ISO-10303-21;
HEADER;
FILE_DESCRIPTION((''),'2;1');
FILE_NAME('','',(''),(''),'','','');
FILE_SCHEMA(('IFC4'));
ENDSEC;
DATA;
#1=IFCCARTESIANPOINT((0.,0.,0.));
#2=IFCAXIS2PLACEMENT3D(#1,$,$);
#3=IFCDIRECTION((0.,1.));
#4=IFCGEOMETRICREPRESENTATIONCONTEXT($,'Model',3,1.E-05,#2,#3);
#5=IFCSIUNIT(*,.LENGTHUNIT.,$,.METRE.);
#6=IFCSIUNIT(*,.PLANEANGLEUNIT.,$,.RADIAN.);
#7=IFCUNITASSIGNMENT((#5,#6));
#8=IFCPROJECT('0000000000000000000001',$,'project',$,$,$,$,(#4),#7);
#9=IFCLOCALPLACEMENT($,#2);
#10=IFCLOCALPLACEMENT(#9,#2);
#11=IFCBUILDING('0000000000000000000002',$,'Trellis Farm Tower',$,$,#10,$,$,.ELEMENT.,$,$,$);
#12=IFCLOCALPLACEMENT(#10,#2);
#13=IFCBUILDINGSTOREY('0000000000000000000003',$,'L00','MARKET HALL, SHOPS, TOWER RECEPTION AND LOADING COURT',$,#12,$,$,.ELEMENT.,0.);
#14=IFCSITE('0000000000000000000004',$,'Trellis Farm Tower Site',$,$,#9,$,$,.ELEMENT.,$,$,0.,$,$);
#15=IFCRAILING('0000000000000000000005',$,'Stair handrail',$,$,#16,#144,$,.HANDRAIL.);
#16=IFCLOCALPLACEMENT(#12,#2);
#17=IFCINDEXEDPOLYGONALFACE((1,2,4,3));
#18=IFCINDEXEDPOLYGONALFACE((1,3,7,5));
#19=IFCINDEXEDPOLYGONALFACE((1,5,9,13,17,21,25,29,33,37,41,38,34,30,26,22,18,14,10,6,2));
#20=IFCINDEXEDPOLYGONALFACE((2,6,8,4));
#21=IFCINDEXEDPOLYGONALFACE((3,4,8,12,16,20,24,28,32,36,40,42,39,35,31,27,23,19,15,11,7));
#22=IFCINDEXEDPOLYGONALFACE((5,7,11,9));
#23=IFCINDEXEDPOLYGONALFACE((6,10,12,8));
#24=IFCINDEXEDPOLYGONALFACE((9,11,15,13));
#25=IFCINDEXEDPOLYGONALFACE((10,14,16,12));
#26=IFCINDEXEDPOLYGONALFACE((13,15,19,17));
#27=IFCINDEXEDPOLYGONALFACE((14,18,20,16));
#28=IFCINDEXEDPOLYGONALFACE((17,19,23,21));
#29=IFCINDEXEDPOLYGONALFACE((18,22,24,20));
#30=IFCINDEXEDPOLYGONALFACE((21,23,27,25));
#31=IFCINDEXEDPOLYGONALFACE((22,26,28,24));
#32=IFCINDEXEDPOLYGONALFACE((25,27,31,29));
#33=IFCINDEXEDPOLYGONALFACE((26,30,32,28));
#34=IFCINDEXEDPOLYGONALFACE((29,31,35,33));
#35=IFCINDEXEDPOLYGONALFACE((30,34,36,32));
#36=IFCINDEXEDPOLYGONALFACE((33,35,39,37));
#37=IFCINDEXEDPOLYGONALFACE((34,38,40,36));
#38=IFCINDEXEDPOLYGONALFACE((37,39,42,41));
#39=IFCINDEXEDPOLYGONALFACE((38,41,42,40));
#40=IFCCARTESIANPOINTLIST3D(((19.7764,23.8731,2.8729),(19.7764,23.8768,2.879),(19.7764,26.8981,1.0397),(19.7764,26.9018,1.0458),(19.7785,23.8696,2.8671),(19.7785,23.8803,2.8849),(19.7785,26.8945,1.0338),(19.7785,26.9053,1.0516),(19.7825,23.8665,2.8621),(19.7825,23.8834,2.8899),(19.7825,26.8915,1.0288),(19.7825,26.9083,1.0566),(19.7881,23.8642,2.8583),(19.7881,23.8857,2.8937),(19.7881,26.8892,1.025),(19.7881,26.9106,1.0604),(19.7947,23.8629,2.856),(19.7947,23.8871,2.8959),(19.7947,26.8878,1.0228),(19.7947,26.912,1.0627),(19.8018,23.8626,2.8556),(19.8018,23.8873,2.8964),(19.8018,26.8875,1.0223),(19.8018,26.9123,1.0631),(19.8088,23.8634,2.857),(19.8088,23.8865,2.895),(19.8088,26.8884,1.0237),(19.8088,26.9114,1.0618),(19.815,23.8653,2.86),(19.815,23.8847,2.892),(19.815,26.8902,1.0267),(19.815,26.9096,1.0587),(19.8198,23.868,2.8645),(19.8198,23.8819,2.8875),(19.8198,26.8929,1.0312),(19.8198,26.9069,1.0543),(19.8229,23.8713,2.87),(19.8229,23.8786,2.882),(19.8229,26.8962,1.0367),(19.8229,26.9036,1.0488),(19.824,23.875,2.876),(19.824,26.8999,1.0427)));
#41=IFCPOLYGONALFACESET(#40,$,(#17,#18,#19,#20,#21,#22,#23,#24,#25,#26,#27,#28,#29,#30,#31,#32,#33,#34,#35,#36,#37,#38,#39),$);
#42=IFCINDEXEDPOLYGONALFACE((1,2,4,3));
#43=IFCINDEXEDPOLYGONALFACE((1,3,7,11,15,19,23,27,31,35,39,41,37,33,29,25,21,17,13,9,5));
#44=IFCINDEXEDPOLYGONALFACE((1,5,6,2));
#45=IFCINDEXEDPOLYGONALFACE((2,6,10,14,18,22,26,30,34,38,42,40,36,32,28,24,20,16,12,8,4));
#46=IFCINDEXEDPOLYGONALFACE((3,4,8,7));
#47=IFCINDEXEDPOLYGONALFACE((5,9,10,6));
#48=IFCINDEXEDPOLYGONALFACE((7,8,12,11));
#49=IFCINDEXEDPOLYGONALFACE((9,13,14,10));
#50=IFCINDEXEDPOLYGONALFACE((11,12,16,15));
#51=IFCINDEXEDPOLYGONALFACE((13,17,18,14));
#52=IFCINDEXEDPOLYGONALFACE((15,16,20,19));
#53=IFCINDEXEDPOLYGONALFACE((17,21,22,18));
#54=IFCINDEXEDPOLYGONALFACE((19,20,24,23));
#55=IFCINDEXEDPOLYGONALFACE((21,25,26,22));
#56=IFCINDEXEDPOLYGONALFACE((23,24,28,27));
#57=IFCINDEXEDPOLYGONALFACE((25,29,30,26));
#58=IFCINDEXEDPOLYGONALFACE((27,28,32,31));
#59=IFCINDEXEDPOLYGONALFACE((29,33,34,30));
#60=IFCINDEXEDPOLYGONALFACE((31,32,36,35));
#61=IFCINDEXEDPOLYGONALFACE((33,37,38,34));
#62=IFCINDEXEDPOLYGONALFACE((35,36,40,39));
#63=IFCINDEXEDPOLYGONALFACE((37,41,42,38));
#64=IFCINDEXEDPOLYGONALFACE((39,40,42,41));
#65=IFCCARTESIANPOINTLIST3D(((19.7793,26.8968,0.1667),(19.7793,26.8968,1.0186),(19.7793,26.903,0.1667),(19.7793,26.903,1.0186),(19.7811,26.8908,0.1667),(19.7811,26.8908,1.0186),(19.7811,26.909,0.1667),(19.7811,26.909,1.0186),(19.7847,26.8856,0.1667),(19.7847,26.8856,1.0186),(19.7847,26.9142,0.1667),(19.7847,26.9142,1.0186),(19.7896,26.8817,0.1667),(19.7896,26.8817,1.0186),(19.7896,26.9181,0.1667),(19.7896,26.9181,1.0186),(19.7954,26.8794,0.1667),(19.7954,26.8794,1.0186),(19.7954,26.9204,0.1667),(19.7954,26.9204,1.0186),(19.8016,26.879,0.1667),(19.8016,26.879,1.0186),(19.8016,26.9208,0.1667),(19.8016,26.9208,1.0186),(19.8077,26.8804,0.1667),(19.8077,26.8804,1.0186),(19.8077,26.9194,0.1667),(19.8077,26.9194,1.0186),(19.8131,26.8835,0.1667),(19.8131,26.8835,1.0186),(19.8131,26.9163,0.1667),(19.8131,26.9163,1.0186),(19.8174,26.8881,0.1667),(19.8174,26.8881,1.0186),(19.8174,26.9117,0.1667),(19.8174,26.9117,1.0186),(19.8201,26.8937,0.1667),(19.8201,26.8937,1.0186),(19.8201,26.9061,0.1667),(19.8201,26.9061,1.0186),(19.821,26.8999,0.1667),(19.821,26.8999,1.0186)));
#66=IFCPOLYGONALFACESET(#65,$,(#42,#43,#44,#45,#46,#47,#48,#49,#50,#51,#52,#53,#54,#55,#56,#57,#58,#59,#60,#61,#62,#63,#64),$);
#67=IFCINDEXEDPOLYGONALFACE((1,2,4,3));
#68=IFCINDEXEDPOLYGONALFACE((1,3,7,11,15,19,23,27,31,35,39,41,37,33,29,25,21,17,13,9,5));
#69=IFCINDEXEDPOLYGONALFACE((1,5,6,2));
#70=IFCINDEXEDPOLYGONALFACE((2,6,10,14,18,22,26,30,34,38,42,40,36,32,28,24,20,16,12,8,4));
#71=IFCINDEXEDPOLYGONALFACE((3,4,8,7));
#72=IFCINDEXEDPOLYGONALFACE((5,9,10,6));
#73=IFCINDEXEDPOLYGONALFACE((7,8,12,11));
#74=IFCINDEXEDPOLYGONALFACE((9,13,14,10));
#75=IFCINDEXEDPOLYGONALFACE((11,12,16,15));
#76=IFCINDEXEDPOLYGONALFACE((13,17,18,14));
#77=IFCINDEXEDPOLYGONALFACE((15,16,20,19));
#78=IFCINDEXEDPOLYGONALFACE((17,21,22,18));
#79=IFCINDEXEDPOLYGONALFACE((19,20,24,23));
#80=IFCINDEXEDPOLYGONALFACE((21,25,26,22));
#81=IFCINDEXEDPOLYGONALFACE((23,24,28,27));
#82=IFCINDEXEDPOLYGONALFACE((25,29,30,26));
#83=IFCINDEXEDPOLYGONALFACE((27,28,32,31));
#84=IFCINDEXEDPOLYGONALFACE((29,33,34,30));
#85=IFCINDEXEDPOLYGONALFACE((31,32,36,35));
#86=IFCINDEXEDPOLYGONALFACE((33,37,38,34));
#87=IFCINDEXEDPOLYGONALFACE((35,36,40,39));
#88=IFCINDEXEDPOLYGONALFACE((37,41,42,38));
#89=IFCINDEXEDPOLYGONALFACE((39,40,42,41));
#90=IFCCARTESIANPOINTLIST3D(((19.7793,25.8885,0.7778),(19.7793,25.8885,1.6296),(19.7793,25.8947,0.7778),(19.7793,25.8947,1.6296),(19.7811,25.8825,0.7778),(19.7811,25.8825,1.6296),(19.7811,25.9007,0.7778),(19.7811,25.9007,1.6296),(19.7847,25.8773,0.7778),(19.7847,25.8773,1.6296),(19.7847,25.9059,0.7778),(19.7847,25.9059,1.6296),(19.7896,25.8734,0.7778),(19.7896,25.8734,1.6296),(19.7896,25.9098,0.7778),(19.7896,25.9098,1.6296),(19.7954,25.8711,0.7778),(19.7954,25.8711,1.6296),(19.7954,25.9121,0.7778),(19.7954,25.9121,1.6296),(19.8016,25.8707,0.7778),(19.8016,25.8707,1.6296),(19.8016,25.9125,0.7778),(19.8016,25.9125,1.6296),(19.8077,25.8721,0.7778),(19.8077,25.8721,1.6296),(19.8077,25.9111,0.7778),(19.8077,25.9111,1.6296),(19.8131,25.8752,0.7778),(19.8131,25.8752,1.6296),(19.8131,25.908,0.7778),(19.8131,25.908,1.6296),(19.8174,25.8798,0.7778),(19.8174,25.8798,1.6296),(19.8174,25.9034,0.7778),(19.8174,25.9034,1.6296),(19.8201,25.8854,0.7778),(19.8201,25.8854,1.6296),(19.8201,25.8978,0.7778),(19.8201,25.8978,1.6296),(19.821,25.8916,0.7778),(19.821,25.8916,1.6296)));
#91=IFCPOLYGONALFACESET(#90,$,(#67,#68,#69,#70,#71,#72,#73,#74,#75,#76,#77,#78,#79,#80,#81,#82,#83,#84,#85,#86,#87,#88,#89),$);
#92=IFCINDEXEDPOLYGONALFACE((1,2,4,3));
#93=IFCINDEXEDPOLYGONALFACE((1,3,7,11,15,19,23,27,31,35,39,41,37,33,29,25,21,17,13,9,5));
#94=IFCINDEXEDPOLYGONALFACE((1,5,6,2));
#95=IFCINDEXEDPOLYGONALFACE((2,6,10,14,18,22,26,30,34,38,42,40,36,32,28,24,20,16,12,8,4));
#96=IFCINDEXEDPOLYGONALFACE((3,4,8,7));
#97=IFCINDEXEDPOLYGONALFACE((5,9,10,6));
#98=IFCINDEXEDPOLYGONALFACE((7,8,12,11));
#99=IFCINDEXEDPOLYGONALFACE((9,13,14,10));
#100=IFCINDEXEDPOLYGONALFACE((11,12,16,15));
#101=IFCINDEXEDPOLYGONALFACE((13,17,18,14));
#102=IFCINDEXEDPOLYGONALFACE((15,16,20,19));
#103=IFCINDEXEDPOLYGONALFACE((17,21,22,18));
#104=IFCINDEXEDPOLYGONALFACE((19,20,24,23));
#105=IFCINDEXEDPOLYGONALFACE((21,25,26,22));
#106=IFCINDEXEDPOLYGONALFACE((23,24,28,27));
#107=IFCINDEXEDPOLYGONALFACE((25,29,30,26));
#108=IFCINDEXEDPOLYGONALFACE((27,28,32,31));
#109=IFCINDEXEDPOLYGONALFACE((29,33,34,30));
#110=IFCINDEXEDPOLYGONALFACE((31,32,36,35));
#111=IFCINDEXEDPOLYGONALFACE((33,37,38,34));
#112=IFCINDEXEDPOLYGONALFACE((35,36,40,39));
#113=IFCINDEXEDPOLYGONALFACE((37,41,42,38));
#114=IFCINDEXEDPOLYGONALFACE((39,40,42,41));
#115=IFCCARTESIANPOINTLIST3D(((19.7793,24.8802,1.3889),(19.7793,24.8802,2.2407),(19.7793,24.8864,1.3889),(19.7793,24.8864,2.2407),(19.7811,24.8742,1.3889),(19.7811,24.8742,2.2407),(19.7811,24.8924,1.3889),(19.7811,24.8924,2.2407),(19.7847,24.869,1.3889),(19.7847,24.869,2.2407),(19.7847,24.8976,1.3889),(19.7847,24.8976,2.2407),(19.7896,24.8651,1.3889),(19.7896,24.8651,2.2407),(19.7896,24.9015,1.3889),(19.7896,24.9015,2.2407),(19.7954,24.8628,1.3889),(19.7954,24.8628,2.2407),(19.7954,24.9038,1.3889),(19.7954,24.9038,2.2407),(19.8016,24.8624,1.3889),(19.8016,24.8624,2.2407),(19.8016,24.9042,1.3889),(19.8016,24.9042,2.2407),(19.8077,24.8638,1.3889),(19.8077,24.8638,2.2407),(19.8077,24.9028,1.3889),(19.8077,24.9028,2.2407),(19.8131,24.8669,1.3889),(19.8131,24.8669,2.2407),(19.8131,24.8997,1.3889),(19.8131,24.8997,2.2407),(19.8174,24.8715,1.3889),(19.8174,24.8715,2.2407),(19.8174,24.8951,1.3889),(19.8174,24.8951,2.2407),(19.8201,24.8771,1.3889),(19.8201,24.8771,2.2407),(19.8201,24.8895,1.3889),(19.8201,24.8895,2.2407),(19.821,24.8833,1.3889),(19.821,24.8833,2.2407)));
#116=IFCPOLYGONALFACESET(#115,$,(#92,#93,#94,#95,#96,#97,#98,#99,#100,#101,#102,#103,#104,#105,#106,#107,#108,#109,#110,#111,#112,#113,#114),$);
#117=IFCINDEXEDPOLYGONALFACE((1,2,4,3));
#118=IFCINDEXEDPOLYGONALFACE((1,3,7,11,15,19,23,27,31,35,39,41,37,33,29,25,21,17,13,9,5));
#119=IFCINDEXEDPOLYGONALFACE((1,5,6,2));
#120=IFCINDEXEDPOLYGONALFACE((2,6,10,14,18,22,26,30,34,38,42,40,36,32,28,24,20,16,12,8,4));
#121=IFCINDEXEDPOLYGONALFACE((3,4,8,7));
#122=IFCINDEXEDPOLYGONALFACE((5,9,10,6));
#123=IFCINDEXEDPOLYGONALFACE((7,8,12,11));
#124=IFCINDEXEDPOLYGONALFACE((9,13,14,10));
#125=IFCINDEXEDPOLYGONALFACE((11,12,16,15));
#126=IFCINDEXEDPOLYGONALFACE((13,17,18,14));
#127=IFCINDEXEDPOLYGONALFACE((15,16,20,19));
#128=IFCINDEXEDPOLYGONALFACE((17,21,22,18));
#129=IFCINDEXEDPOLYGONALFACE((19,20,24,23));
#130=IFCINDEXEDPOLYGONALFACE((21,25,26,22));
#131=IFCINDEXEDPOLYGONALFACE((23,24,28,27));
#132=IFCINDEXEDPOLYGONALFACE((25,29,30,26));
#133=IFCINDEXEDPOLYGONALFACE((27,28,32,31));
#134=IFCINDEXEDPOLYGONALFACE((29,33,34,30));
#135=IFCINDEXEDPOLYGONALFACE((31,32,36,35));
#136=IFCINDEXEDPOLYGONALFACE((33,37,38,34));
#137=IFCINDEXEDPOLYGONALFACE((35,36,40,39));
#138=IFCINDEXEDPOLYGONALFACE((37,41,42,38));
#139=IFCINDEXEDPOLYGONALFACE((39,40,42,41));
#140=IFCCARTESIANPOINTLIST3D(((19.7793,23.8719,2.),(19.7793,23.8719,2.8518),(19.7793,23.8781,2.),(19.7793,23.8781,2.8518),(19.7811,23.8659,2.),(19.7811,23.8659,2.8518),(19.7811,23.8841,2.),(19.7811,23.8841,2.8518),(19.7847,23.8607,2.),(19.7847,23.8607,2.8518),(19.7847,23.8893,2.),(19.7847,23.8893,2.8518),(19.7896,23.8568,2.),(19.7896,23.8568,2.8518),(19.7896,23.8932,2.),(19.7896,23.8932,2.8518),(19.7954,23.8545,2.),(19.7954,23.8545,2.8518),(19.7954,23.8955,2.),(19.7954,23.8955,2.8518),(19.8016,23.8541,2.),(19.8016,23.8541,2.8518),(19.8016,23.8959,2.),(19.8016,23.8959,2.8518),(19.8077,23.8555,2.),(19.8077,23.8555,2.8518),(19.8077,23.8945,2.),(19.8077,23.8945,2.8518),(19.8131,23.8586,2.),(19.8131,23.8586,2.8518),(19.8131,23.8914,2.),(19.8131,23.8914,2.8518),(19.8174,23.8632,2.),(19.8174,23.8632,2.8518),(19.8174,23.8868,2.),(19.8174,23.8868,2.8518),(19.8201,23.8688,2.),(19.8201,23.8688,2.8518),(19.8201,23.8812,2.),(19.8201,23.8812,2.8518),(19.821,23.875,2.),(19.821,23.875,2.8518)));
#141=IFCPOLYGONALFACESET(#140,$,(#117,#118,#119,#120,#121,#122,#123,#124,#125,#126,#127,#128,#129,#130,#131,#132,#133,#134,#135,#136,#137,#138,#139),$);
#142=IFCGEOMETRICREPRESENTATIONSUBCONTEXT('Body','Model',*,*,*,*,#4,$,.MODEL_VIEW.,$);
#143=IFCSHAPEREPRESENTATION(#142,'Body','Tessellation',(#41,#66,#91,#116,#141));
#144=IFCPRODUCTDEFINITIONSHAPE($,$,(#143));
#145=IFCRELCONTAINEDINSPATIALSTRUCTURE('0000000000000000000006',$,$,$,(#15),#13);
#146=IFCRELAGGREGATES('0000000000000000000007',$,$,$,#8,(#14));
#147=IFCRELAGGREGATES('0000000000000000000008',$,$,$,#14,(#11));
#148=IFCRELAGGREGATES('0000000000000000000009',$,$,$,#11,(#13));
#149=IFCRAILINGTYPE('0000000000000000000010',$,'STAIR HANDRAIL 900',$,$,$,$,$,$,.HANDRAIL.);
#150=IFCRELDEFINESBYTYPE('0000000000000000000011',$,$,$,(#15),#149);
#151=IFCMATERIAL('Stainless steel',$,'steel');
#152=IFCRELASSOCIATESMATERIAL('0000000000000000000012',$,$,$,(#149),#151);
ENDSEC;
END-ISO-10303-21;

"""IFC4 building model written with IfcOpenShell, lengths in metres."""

from ifc_helpers import new_model, si_unit, direction, frame, origin, origin_2d, place, context, subcontext, project, spatial, circle, extrude, source, transform, mapped, material, type_object, element, save


model = new_model("IFC4")

# Units and contexts
model_context = context("Model", 3, precision=1e-05, world=origin(), true_north=direction((0.0, 1.0)))
body_context = subcontext(model_context, "Body", "Model", "MODEL_VIEW")
ifc_project = project(units=[si_unit("LENGTHUNIT", "METRE"), si_unit("PLANEANGLEUNIT", "RADIAN")], contexts=[model_context])

# Site, building, storey
site_placement = place(None, origin())
site = spatial("IfcSite", under=ifc_project, at=site_placement, Name="Trellis Farm Tower Site", CompositionType="ELEMENT", RefElevation=0.0)
building_placement = place(site_placement, origin())
building = spatial("IfcBuilding", under=site, at=building_placement, Name="Trellis Farm Tower", CompositionType="ELEMENT")
storey_placement = place(building_placement, origin())
storey = spatial("IfcBuildingStorey", under=building, at=storey_placement, Name="L00", Description="MARKET HALL, SHOPS, TOWER RECEPTION AND LOADING COURT", CompositionType="ELEMENT", Elevation=0.0)

# Railing
ifc_material_1 = material(Name="Stainless steel", Category="steel")
railing_type = type_object("IfcRailingType", Name="STAIR HANDRAIL 900", PredefinedType="HANDRAIL", material=ifc_material_1)
shared_shape_1 = source(origin(), body_context, "Body", "SweptSolid", [
    extrude(circle(Radius=0.0239, at=origin_2d()), frame((0.0, 0.0, 0.876), z_axis=(0.0, -0.855201, 0.518297), x_axis=(1.0, 0.0, 0.0)), (0.0, 0.0, 1.0), 3.5371),
    extrude(circle(Radius=0.021, at=origin_2d()), origin(), (0.0, 0.0, 1.0), 0.8518),
    extrude(circle(Radius=0.021, at=origin_2d()), frame((0.0, -1.0083, 0.6111)), (0.0, 0.0, 1.0), 0.8518),
    extrude(circle(Radius=0.021, at=origin_2d()), frame((0.0, -2.0166, 1.2222)), (0.0, 0.0, 1.0), 0.8518),
    extrude(circle(Radius=0.021, at=origin_2d()), frame((0.0, -3.0249, 1.8333)), (0.0, 0.0, 1.0), 0.8518),
])
for number, where, name in (
    (1, (19.8, 26.8999, 0.1667), "Stair handrail"),
):
    element("IfcRailing", number, at=place(storey_placement, frame(where)), inside=storey, type_object=railing_type, Name=name, PredefinedType="HANDRAIL", context=body_context, shape_type="MappedRepresentation", body=[
        mapped(shared_shape_1, transform((0.0, 0.0, 0.0))),
    ])

save(model, "model.ifc")
